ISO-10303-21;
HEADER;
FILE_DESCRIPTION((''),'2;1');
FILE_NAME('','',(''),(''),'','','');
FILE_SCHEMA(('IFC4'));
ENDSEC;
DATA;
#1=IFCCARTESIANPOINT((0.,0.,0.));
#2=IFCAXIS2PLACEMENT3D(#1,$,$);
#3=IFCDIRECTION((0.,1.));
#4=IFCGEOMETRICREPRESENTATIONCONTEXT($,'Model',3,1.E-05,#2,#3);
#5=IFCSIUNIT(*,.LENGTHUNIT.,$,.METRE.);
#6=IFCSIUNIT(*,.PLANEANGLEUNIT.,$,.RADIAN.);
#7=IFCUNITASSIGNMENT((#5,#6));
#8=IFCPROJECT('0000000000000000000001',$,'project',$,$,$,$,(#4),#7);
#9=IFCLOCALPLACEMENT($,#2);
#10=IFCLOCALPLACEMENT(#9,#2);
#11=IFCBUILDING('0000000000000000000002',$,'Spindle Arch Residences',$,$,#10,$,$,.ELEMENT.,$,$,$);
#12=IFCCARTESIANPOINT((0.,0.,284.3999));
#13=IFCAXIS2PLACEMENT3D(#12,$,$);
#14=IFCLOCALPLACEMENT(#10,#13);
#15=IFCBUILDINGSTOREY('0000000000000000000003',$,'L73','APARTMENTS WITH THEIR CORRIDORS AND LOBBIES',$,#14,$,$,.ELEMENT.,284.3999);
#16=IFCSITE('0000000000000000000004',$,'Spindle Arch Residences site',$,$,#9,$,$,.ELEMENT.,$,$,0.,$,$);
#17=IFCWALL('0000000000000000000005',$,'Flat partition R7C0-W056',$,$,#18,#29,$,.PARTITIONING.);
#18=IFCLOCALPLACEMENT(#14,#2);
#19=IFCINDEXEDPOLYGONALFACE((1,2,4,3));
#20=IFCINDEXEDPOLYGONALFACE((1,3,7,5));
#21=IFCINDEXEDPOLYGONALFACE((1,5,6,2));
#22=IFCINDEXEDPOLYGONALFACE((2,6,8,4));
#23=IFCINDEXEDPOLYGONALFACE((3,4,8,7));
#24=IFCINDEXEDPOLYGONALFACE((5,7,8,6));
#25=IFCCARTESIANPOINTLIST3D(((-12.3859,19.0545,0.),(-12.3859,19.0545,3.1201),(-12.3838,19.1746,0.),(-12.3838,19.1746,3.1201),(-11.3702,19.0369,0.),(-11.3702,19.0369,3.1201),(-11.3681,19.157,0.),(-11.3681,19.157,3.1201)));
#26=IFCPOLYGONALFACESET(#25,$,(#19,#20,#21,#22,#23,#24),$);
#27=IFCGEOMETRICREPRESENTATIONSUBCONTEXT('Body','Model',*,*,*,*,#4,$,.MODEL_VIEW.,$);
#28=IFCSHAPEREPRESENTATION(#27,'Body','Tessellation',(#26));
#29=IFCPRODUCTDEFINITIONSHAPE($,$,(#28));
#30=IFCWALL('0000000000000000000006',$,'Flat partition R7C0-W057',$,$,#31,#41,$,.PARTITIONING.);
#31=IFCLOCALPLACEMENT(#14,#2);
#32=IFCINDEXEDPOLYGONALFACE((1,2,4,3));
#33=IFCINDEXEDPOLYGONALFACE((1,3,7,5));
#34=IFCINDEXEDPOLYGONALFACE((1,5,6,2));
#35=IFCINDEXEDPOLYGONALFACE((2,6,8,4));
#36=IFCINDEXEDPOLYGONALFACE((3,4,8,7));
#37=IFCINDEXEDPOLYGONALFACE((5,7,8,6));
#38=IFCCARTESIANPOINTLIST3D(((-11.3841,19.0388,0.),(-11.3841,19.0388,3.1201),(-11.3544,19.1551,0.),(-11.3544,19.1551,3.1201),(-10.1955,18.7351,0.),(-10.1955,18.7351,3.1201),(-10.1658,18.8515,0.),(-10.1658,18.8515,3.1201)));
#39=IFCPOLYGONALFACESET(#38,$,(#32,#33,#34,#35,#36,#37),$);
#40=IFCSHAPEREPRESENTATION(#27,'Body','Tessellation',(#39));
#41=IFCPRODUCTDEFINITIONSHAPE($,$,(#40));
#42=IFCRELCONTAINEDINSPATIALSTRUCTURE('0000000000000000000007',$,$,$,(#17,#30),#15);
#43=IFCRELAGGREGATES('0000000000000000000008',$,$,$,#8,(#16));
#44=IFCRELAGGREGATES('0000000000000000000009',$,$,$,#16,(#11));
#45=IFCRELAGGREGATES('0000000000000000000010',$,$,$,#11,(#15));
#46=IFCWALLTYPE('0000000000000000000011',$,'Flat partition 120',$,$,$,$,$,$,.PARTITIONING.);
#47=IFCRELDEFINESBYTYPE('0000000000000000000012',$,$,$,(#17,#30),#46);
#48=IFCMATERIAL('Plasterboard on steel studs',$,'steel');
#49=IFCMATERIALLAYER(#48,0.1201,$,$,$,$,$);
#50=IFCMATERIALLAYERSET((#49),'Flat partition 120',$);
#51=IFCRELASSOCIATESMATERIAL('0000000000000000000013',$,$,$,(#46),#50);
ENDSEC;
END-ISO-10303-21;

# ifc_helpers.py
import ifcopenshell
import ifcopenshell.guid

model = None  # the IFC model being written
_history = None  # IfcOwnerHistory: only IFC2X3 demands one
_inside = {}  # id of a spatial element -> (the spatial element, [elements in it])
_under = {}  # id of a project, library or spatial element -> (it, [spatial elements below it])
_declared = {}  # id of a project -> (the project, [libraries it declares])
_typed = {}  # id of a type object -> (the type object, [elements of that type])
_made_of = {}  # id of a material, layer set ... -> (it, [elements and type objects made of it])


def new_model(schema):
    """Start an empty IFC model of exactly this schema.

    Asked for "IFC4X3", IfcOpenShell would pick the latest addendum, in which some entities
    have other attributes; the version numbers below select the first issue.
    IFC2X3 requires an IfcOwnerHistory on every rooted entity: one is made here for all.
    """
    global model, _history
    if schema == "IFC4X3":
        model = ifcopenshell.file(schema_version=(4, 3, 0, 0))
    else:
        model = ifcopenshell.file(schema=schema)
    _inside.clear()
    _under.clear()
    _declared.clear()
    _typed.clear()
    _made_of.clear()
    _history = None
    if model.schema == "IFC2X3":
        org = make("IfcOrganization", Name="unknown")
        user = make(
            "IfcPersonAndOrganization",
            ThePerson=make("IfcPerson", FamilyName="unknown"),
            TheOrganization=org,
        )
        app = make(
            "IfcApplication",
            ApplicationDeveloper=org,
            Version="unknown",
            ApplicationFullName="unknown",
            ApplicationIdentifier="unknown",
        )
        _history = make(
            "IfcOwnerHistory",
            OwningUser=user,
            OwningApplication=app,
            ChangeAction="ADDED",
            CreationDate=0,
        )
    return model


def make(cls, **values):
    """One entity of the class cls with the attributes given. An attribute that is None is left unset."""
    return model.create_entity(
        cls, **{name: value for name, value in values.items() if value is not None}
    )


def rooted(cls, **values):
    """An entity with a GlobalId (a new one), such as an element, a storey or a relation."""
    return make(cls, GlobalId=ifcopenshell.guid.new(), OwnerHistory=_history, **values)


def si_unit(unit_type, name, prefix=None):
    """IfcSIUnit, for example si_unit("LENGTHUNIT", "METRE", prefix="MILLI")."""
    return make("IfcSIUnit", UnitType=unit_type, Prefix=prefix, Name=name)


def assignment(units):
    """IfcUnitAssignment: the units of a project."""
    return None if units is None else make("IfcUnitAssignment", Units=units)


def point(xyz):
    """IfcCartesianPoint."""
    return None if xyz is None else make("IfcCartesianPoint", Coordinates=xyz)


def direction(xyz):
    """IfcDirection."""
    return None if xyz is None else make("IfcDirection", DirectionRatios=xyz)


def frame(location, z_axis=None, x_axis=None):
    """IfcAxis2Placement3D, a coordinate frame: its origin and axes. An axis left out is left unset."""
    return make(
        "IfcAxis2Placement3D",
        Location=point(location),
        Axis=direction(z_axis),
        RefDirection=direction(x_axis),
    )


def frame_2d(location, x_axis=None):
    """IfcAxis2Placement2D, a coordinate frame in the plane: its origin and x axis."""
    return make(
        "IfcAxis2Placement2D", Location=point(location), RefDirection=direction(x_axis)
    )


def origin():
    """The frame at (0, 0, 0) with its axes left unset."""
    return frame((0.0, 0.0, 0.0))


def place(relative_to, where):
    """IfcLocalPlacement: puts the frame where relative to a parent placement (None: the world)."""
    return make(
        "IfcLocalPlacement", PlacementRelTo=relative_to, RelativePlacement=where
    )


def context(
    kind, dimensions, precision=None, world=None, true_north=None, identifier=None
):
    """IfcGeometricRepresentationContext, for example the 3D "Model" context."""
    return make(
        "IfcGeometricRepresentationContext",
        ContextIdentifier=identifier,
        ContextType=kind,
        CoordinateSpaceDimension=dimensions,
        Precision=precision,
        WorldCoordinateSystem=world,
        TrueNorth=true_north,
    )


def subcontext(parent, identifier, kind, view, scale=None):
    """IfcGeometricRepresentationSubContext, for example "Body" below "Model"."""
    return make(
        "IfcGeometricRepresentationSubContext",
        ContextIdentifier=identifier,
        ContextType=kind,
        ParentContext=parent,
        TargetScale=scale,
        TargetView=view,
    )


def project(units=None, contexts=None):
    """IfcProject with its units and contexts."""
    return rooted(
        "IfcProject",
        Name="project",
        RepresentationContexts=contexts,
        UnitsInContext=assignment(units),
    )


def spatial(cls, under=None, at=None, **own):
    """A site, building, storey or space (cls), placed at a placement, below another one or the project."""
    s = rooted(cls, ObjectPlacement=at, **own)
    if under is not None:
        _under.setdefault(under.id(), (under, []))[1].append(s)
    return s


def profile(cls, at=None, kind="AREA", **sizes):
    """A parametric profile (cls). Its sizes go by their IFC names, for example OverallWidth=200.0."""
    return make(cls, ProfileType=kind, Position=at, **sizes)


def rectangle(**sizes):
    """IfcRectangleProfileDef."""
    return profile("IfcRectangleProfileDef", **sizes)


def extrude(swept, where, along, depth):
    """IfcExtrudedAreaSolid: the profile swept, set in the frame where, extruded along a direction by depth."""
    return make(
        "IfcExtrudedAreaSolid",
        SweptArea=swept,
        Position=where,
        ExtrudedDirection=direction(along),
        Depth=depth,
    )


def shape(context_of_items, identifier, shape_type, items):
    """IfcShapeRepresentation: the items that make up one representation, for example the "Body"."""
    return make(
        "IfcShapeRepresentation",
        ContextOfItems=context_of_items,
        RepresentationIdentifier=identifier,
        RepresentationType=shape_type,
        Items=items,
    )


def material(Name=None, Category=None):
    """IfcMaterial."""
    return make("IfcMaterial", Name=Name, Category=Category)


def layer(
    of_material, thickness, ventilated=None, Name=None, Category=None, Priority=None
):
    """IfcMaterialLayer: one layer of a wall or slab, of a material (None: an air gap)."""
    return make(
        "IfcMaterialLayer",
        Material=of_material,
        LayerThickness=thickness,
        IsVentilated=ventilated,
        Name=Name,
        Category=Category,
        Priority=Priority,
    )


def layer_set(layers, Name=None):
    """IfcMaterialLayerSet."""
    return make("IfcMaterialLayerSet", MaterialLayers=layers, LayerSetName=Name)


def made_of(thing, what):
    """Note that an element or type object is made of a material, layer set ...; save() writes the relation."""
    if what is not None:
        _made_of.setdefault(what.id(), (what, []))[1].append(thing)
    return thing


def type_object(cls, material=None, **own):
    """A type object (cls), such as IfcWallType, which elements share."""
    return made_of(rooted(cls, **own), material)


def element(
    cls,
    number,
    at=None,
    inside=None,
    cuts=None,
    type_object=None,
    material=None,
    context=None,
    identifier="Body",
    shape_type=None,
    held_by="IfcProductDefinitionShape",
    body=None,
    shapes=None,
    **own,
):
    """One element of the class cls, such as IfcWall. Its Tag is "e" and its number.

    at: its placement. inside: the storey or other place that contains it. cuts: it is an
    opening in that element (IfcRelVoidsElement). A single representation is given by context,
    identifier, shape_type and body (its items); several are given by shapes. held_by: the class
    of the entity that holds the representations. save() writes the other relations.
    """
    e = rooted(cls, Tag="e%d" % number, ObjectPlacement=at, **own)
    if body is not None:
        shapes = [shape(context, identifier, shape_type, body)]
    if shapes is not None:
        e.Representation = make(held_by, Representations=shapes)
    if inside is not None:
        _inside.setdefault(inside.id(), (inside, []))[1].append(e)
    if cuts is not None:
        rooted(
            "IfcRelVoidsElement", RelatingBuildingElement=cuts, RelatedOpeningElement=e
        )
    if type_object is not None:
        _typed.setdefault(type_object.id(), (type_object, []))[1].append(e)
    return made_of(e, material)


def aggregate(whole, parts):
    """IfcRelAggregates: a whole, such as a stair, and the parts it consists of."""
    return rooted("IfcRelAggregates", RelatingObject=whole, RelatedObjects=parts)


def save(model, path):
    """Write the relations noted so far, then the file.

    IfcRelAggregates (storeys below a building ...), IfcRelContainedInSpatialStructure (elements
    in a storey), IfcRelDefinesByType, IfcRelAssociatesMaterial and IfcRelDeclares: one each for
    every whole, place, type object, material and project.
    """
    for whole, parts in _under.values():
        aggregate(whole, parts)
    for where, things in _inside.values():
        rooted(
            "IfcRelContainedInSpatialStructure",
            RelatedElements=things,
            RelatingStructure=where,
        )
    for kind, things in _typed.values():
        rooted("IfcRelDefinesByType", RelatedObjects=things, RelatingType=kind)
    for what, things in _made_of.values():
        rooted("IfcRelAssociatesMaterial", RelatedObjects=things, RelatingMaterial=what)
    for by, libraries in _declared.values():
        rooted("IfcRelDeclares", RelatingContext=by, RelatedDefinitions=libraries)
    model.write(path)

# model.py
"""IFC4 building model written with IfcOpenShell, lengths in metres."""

from ifc_helpers import new_model, si_unit, direction, frame, frame_2d, origin, place, context, subcontext, project, spatial, rectangle, extrude, material, layer, layer_set, type_object, element, save


model = new_model("IFC4")

# Units and contexts
model_context = context("Model", 3, precision=1e-05, world=origin(), true_north=direction((0.0, 1.0)))
body_context = subcontext(model_context, "Body", "Model", "MODEL_VIEW")
ifc_project = project(units=[si_unit("LENGTHUNIT", "METRE"), si_unit("PLANEANGLEUNIT", "RADIAN")], contexts=[model_context])

# Site, building, storey
site_placement = place(None, origin())
site = spatial("IfcSite", under=ifc_project, at=site_placement, Name="Spindle Arch Residences site", CompositionType="ELEMENT", RefElevation=0.0)
building_placement = place(site_placement, origin())
building = spatial("IfcBuilding", under=site, at=building_placement, Name="Spindle Arch Residences", CompositionType="ELEMENT")
storey_placement = place(building_placement, frame((0.0, 0.0, 284.3999)))
storey = spatial("IfcBuildingStorey", under=building, at=storey_placement, Name="L73", Description="APARTMENTS WITH THEIR CORRIDORS AND LOBBIES", CompositionType="ELEMENT", Elevation=284.3999)

# Shared definitions
ifc_material_1 = material(Name="Plasterboard on steel studs", Category="steel")
ifc_layer_1 = layer(ifc_material_1, 0.1201)
ifc_layer_set_1 = layer_set([ifc_layer_1], Name="Flat partition 120")
wall_type = type_object("IfcWallType", Name="Flat partition 120", PredefinedType="PARTITIONING", material=ifc_layer_set_1)

# Walls
wall_1_placement = place(storey_placement, frame((-12.3848, 19.1145, 0.0), z_axis=(0.0, 0.0, 1.0), x_axis=(0.99985, -0.017305, 0.0)))
element("IfcWall", 1, at=wall_1_placement, inside=storey, type_object=wall_type, Name="Flat partition R7C0-W056", PredefinedType="PARTITIONING", context=body_context, shape_type="SweptSolid", body=[
    extrude(rectangle(XDim=1.0159, YDim=0.1201, at=frame_2d((0.5078, 0.0))), origin(), (0.0, 0.0, 1.0), 3.1201),
])
wall_2_placement = place(storey_placement, frame((-11.3691, 19.0969, 0.0), z_axis=(0.0, 0.0, 1.0), x_axis=(0.968877, -0.247542, 0.0)))
element("IfcWall", 2, at=wall_2_placement, inside=storey, type_object=wall_type, Name="Flat partition R7C0-W057", PredefinedType="PARTITIONING", context=body_context, shape_type="SweptSolid", body=[
    extrude(rectangle(XDim=1.2268, YDim=0.1201, at=frame_2d((0.6133, 0.0))), origin(), (0.0, 0.0, 1.0), 3.1201),
])

save(model, "model.ifc")
